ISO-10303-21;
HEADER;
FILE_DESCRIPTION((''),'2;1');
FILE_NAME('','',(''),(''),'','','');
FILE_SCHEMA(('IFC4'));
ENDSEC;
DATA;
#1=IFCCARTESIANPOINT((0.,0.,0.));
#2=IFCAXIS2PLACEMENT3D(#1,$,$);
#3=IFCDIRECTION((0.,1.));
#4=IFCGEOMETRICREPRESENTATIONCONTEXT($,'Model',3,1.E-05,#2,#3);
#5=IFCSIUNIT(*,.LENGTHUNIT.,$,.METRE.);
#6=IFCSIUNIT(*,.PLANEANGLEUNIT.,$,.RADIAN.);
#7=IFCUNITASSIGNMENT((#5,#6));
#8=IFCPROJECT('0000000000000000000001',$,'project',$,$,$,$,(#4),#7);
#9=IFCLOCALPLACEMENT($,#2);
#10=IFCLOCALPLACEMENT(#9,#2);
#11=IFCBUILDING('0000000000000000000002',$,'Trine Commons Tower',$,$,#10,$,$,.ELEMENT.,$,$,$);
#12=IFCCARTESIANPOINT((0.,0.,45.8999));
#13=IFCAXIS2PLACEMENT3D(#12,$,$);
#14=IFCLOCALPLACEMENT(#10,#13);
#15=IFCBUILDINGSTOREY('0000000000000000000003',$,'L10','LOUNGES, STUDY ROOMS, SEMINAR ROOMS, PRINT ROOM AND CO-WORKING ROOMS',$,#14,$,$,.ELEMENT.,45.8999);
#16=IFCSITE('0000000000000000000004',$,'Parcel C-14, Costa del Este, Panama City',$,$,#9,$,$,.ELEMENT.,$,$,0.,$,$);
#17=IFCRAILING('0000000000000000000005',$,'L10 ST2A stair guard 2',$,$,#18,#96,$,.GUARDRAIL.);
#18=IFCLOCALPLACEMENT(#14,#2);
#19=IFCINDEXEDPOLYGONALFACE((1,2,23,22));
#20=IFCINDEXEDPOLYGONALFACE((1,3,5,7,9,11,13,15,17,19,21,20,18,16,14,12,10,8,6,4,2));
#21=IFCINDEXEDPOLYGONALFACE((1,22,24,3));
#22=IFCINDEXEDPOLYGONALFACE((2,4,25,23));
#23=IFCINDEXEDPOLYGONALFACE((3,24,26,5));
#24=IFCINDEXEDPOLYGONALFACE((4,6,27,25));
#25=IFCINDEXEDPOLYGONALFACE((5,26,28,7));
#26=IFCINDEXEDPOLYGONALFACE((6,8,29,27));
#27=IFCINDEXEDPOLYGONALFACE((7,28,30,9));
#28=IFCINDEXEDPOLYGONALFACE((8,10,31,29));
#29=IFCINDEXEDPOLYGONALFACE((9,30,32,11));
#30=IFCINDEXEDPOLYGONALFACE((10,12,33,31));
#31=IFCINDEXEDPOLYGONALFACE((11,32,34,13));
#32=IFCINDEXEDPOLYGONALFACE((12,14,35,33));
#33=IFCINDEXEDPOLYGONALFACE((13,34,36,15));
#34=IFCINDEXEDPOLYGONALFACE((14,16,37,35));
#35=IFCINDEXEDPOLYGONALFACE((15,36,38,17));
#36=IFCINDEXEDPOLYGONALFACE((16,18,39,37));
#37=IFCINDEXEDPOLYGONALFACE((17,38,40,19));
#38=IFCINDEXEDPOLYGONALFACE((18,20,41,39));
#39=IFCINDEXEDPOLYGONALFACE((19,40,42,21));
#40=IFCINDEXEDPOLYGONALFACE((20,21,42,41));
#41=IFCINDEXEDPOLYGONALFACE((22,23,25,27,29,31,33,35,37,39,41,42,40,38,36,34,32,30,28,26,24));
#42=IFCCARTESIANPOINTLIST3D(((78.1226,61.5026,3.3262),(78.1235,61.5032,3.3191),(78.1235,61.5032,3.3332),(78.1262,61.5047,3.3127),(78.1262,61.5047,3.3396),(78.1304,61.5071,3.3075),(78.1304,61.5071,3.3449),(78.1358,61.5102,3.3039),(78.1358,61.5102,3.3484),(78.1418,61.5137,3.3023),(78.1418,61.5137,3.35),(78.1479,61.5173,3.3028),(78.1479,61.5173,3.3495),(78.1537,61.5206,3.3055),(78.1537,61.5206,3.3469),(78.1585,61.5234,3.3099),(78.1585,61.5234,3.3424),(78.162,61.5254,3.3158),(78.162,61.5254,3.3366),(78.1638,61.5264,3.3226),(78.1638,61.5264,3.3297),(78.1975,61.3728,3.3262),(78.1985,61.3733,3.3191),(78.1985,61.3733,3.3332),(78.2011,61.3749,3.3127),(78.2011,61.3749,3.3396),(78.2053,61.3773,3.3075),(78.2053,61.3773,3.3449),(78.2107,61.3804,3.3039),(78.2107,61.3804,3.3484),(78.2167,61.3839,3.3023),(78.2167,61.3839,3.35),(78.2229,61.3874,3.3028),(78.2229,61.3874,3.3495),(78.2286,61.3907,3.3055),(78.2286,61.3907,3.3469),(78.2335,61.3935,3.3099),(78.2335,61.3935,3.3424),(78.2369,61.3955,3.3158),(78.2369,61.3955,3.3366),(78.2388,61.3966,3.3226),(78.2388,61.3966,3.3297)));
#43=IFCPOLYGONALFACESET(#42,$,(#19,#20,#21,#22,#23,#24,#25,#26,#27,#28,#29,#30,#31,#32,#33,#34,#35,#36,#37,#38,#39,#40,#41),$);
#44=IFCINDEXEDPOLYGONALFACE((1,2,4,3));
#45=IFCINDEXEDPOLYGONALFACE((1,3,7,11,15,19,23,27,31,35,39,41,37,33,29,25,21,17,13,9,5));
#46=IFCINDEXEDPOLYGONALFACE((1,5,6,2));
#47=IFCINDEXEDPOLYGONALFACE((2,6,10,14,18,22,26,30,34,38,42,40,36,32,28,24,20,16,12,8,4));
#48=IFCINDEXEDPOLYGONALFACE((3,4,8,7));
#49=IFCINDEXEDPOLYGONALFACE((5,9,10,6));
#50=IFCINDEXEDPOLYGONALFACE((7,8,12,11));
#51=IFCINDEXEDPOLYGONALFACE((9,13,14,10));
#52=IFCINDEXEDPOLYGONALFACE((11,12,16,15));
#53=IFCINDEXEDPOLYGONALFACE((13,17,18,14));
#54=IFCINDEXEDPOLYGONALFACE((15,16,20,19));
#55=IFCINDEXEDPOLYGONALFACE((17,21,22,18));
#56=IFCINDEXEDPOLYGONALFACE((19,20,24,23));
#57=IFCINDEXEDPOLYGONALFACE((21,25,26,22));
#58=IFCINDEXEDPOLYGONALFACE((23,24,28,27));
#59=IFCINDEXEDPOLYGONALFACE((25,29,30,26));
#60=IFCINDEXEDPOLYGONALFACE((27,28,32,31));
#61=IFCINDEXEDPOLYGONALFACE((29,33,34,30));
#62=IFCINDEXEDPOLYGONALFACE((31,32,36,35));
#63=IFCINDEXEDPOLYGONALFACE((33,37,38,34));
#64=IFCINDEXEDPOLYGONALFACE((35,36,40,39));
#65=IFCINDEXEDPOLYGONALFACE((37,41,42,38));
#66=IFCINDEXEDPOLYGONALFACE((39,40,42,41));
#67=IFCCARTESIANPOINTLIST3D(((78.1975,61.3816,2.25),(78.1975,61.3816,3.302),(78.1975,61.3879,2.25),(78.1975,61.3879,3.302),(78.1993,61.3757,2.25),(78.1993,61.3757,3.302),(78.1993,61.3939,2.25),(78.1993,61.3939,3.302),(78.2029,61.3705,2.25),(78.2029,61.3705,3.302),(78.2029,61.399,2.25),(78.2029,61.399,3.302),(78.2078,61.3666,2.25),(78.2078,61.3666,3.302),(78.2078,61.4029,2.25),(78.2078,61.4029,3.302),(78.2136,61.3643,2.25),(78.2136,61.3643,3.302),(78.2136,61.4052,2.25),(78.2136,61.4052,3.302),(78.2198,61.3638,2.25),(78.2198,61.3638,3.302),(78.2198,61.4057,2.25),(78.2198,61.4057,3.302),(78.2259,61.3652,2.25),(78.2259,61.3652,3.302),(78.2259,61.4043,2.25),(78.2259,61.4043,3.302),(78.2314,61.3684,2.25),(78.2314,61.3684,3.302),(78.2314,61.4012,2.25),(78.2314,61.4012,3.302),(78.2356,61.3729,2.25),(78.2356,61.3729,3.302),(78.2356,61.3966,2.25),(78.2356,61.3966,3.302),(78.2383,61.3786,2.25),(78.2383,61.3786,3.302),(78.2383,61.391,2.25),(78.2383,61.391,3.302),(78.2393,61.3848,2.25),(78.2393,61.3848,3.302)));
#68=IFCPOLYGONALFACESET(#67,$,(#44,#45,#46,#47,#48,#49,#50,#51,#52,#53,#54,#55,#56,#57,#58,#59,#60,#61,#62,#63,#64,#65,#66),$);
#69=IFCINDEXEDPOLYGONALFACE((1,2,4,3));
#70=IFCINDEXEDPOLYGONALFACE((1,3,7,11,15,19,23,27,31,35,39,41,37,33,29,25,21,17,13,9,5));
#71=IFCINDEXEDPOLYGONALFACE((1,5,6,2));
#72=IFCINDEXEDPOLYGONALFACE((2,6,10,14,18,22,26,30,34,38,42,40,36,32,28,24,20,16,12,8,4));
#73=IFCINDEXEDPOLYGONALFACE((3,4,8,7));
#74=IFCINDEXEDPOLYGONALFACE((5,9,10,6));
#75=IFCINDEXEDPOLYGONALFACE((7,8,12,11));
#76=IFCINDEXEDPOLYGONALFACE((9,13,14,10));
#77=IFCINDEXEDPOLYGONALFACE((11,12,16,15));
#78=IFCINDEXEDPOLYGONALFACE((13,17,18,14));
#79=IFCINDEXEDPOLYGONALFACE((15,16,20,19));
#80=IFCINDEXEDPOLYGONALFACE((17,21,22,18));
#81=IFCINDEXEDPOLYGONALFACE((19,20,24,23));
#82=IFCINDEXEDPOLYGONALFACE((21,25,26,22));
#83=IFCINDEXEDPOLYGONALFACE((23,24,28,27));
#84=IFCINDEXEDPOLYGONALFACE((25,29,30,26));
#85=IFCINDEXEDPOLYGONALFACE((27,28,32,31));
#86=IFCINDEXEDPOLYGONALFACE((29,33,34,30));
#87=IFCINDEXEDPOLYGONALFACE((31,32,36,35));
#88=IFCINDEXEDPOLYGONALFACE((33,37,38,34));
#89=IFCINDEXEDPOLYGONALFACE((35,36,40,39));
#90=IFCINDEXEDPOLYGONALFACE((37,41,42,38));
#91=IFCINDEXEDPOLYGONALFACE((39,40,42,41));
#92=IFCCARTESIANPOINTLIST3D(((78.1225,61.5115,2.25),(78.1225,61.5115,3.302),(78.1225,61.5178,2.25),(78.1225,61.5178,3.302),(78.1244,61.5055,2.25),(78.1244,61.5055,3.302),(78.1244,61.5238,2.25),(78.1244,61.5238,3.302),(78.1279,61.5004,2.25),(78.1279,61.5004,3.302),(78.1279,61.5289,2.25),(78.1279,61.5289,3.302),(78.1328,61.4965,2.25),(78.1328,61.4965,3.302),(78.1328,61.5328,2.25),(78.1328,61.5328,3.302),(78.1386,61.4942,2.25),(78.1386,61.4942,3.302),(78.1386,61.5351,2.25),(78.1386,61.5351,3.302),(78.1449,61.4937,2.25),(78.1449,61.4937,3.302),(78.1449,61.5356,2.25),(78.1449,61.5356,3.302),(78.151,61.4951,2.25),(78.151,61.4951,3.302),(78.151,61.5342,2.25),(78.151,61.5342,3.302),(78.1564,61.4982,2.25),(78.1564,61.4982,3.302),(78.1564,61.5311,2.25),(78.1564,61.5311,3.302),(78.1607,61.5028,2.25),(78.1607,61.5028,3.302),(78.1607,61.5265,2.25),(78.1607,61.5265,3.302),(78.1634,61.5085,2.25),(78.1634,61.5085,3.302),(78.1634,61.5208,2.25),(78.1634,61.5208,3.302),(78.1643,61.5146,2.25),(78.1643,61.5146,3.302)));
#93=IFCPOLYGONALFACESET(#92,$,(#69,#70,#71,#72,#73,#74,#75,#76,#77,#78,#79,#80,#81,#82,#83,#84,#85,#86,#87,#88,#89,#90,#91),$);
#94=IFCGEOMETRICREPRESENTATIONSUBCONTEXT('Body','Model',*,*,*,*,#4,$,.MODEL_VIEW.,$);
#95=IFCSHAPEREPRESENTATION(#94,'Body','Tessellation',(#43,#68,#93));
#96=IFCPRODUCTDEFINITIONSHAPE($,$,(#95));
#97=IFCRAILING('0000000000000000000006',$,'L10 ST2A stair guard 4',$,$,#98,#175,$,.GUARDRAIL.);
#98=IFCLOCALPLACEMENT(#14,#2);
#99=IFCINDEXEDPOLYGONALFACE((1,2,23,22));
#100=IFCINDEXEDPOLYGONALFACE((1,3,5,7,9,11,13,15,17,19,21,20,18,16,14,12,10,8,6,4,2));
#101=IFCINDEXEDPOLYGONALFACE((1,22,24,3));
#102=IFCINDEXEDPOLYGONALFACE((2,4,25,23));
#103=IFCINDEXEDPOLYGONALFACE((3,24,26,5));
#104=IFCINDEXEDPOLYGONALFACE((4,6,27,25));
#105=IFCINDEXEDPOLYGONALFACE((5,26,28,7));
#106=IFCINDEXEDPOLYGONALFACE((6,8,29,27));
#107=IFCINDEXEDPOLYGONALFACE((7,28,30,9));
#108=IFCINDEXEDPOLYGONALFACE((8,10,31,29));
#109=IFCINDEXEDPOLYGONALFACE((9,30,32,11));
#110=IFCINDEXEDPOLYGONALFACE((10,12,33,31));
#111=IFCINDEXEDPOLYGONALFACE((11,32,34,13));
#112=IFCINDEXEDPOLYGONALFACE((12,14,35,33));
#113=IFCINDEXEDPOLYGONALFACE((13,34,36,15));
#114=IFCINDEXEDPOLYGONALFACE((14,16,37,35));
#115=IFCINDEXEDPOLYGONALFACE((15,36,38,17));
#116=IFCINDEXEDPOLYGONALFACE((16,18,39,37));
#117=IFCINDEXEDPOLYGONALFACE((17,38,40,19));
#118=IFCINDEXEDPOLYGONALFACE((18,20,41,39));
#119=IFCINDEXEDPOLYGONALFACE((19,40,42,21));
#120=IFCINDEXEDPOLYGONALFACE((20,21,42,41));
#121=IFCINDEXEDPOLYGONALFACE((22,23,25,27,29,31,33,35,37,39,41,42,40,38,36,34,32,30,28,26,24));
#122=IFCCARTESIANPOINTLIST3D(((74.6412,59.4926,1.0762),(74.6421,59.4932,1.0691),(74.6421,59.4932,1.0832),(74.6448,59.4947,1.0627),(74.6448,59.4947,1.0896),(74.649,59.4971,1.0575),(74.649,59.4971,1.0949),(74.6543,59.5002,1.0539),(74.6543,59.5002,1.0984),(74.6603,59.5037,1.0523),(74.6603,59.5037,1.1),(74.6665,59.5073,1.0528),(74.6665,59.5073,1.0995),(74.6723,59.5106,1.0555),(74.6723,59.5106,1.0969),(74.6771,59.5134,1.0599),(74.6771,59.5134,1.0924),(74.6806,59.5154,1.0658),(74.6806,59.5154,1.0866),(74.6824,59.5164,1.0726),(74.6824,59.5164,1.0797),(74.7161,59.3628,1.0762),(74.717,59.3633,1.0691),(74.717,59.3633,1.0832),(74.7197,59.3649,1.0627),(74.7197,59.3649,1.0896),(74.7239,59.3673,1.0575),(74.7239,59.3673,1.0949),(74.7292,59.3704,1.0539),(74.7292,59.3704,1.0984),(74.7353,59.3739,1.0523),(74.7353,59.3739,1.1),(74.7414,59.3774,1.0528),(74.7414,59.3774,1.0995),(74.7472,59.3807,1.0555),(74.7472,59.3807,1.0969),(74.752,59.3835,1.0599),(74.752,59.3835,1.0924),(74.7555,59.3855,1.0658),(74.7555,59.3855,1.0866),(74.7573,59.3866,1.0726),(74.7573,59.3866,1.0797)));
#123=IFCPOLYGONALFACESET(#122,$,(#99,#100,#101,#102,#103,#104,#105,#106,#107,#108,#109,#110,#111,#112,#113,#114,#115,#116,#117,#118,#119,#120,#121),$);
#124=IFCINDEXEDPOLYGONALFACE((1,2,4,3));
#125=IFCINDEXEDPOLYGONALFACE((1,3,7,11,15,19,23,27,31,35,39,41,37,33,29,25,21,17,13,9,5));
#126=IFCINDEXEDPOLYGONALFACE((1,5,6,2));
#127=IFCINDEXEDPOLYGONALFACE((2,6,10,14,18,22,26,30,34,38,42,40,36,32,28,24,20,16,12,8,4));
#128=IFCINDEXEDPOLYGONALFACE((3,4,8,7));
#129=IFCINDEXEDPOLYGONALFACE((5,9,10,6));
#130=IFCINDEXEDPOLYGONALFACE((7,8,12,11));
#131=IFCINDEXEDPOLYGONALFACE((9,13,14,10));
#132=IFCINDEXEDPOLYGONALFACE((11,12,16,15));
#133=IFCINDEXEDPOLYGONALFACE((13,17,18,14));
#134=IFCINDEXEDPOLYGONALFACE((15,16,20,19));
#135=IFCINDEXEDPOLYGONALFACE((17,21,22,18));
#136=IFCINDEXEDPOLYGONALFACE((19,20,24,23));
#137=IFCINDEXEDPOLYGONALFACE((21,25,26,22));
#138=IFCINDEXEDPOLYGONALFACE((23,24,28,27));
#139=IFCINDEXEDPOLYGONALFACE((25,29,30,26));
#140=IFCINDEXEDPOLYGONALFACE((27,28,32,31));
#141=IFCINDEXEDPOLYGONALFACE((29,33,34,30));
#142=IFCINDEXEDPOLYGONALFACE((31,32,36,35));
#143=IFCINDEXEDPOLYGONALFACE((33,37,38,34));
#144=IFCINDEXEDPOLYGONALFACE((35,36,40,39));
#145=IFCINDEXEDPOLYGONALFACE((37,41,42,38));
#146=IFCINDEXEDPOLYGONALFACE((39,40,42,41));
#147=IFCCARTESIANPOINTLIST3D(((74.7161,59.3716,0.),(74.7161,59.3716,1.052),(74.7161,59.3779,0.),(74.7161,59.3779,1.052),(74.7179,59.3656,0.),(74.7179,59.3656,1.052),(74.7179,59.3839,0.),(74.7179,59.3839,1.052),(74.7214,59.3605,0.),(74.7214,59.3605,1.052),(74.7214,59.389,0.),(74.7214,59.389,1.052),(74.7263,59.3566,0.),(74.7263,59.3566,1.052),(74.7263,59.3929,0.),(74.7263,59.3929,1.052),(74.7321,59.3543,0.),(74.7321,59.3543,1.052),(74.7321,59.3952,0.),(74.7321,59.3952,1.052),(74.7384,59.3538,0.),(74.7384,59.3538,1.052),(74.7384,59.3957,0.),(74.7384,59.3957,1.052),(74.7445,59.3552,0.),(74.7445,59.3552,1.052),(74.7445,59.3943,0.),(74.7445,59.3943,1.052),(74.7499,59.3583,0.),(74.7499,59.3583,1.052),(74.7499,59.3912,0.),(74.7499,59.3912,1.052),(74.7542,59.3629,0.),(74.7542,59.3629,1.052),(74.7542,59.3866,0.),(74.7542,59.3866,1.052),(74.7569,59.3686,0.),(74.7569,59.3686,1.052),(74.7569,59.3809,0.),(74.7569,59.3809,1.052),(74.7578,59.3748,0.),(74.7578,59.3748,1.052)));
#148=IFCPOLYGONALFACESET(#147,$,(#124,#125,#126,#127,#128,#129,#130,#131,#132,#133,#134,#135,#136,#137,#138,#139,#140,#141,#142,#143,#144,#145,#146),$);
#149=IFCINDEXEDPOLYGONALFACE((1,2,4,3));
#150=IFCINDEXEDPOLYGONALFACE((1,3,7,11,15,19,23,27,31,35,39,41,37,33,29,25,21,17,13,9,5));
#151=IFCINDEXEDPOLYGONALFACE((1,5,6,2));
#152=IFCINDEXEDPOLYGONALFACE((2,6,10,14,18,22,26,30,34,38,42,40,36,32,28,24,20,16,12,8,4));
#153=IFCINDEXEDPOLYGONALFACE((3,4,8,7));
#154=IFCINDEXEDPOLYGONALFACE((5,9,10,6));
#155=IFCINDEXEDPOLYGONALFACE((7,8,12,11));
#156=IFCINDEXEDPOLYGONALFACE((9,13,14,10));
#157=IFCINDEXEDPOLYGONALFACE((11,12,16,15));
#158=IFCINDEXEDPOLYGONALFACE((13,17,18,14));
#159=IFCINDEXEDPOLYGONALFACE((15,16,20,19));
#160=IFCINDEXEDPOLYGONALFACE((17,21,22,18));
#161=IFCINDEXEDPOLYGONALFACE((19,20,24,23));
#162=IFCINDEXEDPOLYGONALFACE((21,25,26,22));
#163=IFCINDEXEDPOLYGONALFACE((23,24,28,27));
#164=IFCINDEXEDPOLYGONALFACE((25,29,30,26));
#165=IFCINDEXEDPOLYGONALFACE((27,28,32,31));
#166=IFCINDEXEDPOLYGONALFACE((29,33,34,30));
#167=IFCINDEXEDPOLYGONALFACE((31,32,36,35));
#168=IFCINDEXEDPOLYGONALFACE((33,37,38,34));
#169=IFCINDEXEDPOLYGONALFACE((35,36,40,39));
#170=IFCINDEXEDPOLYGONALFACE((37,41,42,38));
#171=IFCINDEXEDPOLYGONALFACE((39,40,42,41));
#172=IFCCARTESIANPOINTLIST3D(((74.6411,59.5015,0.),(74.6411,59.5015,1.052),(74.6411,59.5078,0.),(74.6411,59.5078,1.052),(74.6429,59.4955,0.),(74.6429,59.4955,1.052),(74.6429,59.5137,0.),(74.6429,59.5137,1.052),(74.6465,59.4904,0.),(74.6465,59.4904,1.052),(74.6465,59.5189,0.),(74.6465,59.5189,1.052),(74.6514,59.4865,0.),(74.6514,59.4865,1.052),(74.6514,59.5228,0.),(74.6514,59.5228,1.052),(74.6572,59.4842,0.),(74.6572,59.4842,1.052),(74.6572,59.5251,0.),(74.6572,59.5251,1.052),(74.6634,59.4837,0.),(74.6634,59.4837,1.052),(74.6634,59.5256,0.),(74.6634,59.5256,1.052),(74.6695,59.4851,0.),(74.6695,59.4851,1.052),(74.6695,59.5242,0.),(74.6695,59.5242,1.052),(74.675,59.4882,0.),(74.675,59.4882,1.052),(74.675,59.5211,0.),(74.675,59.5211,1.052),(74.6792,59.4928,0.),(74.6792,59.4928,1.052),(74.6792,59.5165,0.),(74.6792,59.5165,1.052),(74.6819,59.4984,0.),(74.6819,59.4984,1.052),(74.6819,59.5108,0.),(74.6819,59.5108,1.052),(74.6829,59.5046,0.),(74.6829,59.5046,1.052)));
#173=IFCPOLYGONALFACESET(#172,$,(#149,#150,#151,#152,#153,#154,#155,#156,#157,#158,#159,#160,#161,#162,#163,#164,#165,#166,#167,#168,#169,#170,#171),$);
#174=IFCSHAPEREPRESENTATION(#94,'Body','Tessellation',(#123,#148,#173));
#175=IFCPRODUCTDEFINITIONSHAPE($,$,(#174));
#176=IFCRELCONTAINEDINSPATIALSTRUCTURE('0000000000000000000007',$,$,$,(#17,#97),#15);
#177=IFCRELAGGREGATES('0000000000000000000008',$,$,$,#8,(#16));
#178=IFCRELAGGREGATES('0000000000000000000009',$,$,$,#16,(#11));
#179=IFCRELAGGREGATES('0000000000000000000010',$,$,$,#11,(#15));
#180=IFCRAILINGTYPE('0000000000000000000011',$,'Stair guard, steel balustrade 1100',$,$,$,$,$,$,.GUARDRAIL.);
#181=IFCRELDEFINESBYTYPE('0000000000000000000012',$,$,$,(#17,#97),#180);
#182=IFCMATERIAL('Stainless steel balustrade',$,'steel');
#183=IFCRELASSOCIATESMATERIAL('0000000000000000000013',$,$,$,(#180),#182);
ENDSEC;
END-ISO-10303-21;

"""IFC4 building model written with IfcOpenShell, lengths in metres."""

from ifc_helpers import new_model, si_unit, direction, frame, origin, origin_2d, place, context, subcontext, project, spatial, circle, extrude, material, type_object, element, save


model = new_model("IFC4")

# Units and contexts
model_context = context("Model", 3, precision=1e-05, world=origin(), true_north=direction((0.0, 1.0)))
body_context = subcontext(model_context, "Body", "Model", "MODEL_VIEW")
ifc_project = project(units=[si_unit("LENGTHUNIT", "METRE"), si_unit("PLANEANGLEUNIT", "RADIAN")], contexts=[model_context])

# Site, building, storey
site_placement = place(None, origin())
site = spatial("IfcSite", under=ifc_project, at=site_placement, Name="Parcel C-14, Costa del Este, Panama City", CompositionType="ELEMENT", RefElevation=0.0)
building_placement = place(site_placement, origin())
building = spatial("IfcBuilding", under=site, at=building_placement, Name="Trine Commons Tower", CompositionType="ELEMENT")
storey_placement = place(building_placement, frame((0.0, 0.0, 45.8999)))
storey = spatial("IfcBuildingStorey", under=building, at=storey_placement, Name="L10", Description="LOUNGES, STUDY ROOMS, SEMINAR ROOMS, PRINT ROOM AND CO-WORKING ROOMS", CompositionType="ELEMENT", Elevation=45.8999)

# Railings
ifc_material_1 = material(Name="Stainless steel balustrade", Category="steel")
railing_type_1 = type_object("IfcRailingType", Name="Stair guard, steel balustrade 1100", PredefinedType="GUARDRAIL", material=ifc_material_1)
railing_1_placement = place(storey_placement, frame((78.2183, 61.3848, 2.25)))
element("IfcRailing", 1, at=railing_1_placement, inside=storey, type_object=railing_type_1, Name="L10 ST2A stair guard 2", PredefinedType="GUARDRAIL", context=body_context, shape_type="SweptSolid", body=[
    extrude(circle(Radius=0.0239, at=origin_2d()), frame((0.0, 0.0, 1.0762), z_axis=(-0.499816, 0.866131, 0.0), x_axis=(-0.866131, -0.499816, 0.0)), (0.0, 0.0, 1.0), 0.1499),
    extrude(circle(Radius=0.021, at=origin_2d()), origin(), (0.0, 0.0, 1.0), 1.052),
    extrude(circle(Radius=0.021, at=origin_2d()), frame((-0.075, 0.1299, 0.0)), (0.0, 0.0, 1.0), 1.052),
])
railing_2_placement = place(storey_placement, frame((74.7368, 59.3748, 0.0)))
element("IfcRailing", 2, at=railing_2_placement, inside=storey, type_object=railing_type_1, Name="L10 ST2A stair guard 4", PredefinedType="GUARDRAIL", context=body_context, shape_type="SweptSolid", body=[
    extrude(circle(Radius=0.0239, at=origin_2d()), frame((0.0, 0.0, 1.0762), z_axis=(-0.499816, 0.866131, 0.0), x_axis=(-0.866131, -0.499816, 0.0)), (0.0, 0.0, 1.0), 0.1499),
    extrude(circle(Radius=0.021, at=origin_2d()), origin(), (0.0, 0.0, 1.0), 1.052),
    extrude(circle(Radius=0.021, at=origin_2d()), frame((-0.075, 0.1299, 0.0)), (0.0, 0.0, 1.0), 1.052),
])

save(model, "model.ifc")
